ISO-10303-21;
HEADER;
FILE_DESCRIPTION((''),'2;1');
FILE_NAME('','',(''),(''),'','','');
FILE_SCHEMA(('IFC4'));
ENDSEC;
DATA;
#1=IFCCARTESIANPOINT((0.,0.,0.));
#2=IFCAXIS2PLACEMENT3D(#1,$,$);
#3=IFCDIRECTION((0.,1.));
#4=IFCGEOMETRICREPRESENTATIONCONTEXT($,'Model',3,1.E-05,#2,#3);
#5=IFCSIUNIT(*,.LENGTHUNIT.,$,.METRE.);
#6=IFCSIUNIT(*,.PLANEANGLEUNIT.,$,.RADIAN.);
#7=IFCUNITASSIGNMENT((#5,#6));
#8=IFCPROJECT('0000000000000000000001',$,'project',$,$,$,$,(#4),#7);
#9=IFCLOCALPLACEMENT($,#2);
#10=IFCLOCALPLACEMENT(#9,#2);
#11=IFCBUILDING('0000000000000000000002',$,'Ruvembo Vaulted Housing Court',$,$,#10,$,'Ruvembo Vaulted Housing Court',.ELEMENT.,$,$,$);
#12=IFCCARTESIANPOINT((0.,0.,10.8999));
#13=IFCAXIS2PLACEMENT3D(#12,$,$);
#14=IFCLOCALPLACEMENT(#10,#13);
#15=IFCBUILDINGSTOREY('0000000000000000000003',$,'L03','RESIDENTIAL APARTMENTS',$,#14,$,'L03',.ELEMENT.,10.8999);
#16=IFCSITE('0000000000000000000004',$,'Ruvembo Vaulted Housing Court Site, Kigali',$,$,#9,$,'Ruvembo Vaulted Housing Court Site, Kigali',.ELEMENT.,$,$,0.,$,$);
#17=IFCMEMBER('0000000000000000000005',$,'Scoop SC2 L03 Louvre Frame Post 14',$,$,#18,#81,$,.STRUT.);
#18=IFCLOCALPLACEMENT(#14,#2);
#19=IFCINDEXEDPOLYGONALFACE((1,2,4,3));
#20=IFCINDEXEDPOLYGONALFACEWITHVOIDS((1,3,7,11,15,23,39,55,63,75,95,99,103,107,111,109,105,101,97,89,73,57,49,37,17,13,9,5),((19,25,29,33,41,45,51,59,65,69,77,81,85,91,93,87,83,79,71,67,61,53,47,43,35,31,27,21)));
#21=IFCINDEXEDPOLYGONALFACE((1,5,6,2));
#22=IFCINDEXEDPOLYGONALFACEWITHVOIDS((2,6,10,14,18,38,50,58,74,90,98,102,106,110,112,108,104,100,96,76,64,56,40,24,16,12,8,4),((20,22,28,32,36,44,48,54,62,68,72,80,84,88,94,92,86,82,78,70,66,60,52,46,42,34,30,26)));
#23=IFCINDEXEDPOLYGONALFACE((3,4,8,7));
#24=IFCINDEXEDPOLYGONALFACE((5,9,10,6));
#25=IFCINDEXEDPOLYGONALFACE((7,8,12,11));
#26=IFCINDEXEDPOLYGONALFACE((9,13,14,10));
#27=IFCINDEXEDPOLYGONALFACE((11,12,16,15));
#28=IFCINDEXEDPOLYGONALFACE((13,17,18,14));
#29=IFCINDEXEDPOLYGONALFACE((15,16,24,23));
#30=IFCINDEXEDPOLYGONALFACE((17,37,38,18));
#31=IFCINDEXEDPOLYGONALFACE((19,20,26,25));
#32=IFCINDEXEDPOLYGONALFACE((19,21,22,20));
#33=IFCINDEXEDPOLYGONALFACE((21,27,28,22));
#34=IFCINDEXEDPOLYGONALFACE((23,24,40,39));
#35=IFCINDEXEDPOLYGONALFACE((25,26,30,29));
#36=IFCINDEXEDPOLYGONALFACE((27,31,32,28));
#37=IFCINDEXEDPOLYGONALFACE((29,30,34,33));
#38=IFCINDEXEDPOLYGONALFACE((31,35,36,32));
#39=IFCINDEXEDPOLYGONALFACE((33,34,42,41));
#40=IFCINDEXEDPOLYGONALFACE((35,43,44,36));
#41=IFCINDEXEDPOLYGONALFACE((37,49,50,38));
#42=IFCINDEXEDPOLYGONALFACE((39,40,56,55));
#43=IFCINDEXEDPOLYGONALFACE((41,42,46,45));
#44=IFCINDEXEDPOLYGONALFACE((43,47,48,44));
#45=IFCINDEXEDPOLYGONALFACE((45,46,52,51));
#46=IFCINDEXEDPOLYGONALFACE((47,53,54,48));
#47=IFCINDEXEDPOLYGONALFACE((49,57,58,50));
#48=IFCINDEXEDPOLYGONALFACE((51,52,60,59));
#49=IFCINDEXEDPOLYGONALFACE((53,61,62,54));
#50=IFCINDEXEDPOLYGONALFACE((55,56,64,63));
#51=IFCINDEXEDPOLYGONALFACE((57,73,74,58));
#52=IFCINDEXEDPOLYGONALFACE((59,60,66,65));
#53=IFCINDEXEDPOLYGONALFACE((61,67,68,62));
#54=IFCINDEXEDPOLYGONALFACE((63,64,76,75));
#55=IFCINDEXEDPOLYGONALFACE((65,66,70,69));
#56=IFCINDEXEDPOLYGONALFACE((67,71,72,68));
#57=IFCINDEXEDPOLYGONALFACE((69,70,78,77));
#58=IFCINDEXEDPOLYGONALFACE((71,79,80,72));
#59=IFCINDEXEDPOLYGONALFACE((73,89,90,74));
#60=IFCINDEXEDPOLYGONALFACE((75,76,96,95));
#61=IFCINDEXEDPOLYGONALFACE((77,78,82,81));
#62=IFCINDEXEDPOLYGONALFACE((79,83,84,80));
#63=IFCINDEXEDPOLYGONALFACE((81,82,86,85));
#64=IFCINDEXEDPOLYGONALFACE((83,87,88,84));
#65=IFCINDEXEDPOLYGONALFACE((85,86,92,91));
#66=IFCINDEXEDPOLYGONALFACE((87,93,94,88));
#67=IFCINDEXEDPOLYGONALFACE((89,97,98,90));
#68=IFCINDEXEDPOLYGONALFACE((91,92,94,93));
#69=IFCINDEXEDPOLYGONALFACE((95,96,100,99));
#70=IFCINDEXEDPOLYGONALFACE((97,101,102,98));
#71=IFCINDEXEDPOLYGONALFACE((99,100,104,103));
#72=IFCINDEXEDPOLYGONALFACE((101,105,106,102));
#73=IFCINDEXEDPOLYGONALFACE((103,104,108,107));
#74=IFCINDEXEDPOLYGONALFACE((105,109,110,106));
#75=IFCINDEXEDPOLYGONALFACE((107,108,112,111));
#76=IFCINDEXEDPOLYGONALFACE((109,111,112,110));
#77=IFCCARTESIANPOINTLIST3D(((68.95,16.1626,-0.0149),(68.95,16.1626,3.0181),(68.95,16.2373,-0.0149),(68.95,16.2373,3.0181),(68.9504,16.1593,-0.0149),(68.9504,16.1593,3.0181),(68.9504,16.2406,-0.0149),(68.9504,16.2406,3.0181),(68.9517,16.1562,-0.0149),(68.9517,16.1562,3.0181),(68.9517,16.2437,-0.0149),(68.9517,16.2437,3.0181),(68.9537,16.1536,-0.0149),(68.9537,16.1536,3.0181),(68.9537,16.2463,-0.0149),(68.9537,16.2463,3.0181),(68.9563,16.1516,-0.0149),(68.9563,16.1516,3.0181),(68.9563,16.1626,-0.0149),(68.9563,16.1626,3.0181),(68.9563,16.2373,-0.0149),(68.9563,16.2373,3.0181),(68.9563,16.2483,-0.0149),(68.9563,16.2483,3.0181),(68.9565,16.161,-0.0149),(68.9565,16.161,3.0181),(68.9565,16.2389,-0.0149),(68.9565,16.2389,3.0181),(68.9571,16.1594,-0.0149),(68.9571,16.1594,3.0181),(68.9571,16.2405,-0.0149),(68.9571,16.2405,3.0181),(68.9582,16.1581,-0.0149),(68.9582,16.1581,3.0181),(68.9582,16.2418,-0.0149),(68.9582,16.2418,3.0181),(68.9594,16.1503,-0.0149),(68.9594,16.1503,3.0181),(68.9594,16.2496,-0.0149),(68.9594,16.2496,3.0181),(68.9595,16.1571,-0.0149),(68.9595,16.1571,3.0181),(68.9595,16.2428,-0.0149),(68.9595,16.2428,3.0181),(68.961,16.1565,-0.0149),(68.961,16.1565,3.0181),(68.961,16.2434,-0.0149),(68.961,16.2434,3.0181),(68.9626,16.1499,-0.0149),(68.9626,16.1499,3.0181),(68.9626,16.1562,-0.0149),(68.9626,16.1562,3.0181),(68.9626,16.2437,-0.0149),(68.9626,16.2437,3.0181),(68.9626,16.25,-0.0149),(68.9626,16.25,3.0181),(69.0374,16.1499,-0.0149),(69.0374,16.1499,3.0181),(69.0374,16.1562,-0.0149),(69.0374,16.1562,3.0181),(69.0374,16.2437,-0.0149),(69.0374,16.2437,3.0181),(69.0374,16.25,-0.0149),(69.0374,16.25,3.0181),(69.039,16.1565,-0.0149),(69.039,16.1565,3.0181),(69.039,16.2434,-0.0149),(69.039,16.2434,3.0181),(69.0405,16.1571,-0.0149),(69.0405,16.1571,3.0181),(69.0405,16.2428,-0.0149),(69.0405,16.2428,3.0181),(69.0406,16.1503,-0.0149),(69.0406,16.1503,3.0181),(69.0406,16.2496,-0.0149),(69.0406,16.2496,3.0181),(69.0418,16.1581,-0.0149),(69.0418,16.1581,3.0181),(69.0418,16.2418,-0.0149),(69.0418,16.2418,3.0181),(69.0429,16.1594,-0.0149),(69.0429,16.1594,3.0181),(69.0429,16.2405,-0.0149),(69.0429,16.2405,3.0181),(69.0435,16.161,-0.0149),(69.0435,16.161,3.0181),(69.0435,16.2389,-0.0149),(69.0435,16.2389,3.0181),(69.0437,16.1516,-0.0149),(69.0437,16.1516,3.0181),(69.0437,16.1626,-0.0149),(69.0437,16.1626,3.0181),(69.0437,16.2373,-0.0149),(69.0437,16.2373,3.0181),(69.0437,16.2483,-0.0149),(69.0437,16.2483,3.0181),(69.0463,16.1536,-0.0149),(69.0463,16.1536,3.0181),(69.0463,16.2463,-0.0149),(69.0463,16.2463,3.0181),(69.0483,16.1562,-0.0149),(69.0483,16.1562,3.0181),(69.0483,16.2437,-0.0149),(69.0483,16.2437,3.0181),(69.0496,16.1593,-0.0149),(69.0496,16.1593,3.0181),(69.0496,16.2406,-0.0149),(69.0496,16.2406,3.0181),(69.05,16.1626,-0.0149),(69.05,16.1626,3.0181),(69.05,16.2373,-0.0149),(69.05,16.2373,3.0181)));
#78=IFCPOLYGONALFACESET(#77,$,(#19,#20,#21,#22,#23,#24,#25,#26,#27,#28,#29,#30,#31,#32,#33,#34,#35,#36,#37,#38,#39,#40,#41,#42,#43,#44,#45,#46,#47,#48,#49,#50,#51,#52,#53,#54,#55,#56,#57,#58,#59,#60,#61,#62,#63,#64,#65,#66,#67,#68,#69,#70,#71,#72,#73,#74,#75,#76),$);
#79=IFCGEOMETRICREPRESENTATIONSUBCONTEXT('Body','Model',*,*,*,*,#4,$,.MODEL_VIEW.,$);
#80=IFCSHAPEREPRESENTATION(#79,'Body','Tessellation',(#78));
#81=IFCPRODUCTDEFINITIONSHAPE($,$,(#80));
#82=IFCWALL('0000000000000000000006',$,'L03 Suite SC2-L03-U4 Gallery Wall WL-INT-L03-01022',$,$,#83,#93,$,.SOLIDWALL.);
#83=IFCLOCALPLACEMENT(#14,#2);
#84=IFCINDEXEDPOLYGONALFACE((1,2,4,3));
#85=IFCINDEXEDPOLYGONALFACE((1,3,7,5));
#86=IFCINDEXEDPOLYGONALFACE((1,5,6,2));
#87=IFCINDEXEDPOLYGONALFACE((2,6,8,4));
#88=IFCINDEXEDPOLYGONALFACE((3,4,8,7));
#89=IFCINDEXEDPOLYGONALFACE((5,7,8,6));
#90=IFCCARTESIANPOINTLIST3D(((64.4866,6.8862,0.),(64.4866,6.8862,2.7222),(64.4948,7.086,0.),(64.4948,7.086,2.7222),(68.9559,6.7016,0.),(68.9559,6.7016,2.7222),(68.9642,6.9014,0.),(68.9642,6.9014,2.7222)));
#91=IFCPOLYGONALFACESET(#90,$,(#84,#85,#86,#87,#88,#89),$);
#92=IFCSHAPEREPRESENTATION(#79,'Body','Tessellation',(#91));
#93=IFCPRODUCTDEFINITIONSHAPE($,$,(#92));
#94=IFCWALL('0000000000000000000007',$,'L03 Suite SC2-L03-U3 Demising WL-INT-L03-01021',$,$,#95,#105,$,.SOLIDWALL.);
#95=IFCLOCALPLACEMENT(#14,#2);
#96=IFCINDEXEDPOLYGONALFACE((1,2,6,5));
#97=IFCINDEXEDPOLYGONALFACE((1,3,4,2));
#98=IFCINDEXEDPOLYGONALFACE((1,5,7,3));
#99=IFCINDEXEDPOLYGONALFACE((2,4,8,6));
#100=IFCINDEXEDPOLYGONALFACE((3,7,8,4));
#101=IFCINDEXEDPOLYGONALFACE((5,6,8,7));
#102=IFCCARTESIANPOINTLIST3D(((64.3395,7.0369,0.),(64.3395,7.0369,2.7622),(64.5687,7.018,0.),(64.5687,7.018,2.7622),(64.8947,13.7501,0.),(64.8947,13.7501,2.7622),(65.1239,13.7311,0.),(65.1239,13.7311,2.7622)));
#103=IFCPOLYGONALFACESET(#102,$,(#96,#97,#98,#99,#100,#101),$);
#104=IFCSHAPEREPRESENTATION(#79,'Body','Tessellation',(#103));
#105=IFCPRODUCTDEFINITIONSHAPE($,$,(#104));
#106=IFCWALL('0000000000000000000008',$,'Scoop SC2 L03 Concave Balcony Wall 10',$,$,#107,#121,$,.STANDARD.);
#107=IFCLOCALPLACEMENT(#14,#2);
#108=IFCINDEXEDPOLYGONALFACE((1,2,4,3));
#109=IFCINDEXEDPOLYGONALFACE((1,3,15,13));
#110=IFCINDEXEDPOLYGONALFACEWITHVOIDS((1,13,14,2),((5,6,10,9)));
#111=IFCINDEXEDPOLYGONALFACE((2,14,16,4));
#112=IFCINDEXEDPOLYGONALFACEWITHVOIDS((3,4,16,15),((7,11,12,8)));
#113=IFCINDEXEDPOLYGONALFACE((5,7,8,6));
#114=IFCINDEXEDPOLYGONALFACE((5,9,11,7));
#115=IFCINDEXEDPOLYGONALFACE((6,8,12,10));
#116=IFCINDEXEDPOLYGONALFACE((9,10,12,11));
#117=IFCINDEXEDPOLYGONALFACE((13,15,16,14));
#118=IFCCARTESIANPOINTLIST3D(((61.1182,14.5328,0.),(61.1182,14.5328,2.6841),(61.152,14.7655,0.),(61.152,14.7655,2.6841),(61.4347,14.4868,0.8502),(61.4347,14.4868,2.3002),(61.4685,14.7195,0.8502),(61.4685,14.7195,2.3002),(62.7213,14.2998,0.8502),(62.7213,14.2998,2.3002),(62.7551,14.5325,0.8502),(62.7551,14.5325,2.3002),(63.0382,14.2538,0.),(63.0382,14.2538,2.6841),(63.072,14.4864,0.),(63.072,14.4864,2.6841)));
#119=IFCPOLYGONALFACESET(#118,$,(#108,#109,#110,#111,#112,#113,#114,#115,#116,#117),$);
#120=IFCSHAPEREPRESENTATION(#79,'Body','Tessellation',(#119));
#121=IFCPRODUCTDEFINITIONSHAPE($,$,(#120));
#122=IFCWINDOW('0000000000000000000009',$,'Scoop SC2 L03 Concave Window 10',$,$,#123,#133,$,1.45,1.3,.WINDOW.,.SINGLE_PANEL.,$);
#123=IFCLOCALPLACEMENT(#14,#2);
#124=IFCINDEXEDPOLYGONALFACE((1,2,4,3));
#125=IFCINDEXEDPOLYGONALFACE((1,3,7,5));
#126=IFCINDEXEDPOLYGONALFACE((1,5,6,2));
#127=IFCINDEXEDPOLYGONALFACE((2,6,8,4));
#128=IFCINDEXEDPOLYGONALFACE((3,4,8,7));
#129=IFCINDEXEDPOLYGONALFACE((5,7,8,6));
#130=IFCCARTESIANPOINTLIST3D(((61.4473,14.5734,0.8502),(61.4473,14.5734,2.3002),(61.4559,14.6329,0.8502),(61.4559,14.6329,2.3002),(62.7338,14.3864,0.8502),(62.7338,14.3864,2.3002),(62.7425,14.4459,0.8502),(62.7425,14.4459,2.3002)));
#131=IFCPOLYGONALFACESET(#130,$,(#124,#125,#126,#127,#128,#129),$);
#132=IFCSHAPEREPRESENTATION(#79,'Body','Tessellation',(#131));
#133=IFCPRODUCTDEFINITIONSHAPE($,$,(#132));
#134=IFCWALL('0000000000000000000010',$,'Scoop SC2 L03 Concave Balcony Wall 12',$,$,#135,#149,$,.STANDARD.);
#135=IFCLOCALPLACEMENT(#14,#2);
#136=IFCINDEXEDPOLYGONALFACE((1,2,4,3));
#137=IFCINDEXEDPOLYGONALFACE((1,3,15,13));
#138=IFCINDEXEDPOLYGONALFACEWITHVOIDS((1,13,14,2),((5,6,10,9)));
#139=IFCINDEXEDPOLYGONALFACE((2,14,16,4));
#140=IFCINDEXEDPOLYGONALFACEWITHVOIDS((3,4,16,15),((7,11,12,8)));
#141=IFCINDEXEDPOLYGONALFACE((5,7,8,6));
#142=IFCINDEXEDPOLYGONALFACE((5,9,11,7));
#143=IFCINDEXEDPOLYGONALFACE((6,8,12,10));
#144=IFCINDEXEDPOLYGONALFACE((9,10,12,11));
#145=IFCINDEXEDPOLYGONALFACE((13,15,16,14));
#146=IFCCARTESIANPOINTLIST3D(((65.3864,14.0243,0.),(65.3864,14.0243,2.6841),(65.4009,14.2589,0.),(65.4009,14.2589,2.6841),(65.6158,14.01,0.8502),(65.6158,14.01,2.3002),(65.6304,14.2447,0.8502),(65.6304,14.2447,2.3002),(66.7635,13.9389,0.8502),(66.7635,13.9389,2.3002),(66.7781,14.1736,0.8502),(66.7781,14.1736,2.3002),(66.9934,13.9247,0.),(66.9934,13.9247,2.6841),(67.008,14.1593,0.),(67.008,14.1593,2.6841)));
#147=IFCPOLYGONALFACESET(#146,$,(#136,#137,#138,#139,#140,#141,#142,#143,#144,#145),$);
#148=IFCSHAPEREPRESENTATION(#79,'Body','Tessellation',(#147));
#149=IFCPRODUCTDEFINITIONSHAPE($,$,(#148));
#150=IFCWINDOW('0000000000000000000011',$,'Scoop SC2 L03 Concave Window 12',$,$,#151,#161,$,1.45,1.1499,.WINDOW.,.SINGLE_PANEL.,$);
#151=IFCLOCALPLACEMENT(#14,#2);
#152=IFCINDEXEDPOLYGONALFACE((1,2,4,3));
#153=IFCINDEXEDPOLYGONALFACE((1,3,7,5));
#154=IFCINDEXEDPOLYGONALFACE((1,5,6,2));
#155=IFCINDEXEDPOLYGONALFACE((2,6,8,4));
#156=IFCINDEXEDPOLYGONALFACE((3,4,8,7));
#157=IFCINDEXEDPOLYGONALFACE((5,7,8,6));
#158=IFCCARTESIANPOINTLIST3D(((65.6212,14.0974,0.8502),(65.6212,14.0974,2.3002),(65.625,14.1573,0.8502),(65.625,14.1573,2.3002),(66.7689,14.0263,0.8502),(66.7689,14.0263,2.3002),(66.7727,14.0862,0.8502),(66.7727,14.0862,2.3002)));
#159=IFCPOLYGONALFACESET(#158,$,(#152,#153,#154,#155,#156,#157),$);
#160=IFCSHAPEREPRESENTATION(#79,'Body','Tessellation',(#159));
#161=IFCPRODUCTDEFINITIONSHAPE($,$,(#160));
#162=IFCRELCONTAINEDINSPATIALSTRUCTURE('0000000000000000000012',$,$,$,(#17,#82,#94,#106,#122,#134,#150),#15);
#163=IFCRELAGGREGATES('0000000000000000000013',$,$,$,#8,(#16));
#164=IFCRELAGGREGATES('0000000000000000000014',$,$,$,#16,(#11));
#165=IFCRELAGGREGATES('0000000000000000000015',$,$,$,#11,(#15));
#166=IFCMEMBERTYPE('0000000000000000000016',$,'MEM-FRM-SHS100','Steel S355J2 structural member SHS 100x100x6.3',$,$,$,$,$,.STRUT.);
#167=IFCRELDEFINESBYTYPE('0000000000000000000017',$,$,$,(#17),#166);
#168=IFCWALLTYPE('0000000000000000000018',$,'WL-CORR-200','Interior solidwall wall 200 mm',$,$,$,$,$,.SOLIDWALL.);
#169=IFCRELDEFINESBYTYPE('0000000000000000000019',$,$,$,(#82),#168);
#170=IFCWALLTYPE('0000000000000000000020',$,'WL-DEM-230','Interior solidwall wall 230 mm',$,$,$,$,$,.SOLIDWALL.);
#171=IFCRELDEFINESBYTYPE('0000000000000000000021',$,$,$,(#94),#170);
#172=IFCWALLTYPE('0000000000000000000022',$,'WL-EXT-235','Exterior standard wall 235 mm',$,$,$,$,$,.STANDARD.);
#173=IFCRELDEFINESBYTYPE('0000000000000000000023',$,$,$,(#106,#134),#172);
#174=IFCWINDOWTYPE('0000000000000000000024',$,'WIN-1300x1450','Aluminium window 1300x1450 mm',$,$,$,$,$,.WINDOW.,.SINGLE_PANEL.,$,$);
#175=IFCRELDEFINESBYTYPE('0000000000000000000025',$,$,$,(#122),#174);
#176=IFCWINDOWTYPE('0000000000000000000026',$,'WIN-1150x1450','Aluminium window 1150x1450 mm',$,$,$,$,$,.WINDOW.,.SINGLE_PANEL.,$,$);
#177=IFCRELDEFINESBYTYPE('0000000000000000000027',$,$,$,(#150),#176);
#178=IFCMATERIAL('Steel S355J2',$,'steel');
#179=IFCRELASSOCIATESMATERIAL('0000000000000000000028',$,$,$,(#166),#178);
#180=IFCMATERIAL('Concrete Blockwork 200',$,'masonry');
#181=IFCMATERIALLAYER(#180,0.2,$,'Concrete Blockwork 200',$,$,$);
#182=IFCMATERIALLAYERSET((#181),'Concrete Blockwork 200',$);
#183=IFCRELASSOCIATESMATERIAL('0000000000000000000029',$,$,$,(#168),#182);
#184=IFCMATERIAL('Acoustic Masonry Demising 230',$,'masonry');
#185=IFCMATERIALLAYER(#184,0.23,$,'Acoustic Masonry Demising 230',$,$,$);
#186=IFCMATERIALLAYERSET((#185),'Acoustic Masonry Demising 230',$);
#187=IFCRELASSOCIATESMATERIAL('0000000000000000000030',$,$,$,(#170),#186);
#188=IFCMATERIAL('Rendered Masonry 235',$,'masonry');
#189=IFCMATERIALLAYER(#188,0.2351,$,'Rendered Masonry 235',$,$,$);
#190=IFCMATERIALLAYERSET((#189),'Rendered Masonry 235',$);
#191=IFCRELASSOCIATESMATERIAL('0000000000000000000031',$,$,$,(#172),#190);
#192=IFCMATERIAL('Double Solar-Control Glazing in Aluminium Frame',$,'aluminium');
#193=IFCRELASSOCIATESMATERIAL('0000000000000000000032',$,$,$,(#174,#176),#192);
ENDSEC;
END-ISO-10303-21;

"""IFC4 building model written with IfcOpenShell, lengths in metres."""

from ifc_helpers import new_model, si_unit, direction, frame, frame_2d, origin, origin_2d, place, context, subcontext, project, spatial, rectangle, hollow_rectangle, extrude, material, layer, layer_set, material_profile, profile_set, type_object, element, fill, save


model = new_model("IFC4")

# Units and contexts
model_context = context("Model", 3, precision=1e-05, world=origin(), true_north=direction((0.0, 1.0)))
body_context = subcontext(model_context, "Body", "Model", "MODEL_VIEW")
ifc_project = project(units=[si_unit("LENGTHUNIT", "METRE"), si_unit("PLANEANGLEUNIT", "RADIAN")], contexts=[model_context])

# Site, building, storey
site_placement = place(None, origin())
site = spatial("IfcSite", under=ifc_project, at=site_placement, Name="Ruvembo Vaulted Housing Court Site, Kigali", LongName="Ruvembo Vaulted Housing Court Site, Kigali", CompositionType="ELEMENT", RefElevation=0.0)
building_placement = place(site_placement, origin())
building = spatial("IfcBuilding", under=site, at=building_placement, Name="Ruvembo Vaulted Housing Court", LongName="Ruvembo Vaulted Housing Court", CompositionType="ELEMENT")
storey_placement = place(building_placement, frame((0.0, 0.0, 10.8999)))
storey = spatial("IfcBuildingStorey", under=building, at=storey_placement, Name="L03", Description="RESIDENTIAL APARTMENTS", LongName="L03", CompositionType="ELEMENT", Elevation=10.8999)

# Shared definitions
ifc_material_1 = material(Name="Steel S355J2", Category="steel")

# Member
ifc_material_profile_1 = material_profile(ifc_material_1, hollow_rectangle(XDim=0.1001, YDim=0.1001, WallThickness=0.0063, InnerFilletRadius=0.0063, OuterFilletRadius=0.0127, at=origin_2d()), Name="SHS 100x100x6.3")
ifc_profile_set_1 = profile_set([ifc_material_profile_1], Name="Steel S355J2")
member_type_1 = type_object("IfcMemberType", Name="MEM-FRM-SHS100", Description="Steel S355J2 structural member SHS 100x100x6.3", PredefinedType="STRUT", material=ifc_profile_set_1)
member_1_placement = place(storey_placement, frame((69.0, 16.2, -0.0149), z_axis=(0.0, 0.0, 1.0), x_axis=(1.0, 0.0, 0.0)))
element("IfcMember", 1, at=member_1_placement, inside=storey, type_object=member_type_1, Name="Scoop SC2 L03 Louvre Frame Post 14", PredefinedType="STRUT", context=body_context, shape_type="SweptSolid", body=[
    extrude(hollow_rectangle(XDim=0.1001, YDim=0.1001, WallThickness=0.0063, InnerFilletRadius=0.0063, OuterFilletRadius=0.0127, at=origin_2d()), origin(), (0.0, 0.0, 1.0), 3.033),
])

# Walls
ifc_material_2 = material(Name="Concrete Blockwork 200", Category="masonry")
ifc_layer_1 = layer(ifc_material_2, 0.2, Name="Concrete Blockwork 200")
ifc_layer_set_1 = layer_set([ifc_layer_1], Name="Concrete Blockwork 200")
wall_type_1 = type_object("IfcWallType", Name="WL-CORR-200", Description="Interior solidwall wall 200 mm", PredefinedType="SOLIDWALL", material=ifc_layer_set_1)
wall_1_placement = place(storey_placement, frame((64.4907, 6.9861, 0.0), z_axis=(0.0, 0.0, 1.0), x_axis=(0.999148, -0.041263, 0.0)))
element("IfcWall", 2, at=wall_1_placement, inside=storey, type_object=wall_type_1, Name="L03 Suite SC2-L03-U4 Gallery Wall WL-INT-L03-01022", PredefinedType="SOLIDWALL", context=body_context, shape_type="SweptSolid", body=[
    extrude(rectangle(XDim=4.4731, YDim=0.2, at=frame_2d((2.2366, 0.0))), origin(), (0.0, 0.0, 1.0), 2.7222),
])
ifc_material_3 = material(Name="Acoustic Masonry Demising 230", Category="masonry")
ifc_layer_2 = layer(ifc_material_3, 0.23, Name="Acoustic Masonry Demising 230")
ifc_layer_set_2 = layer_set([ifc_layer_2], Name="Acoustic Masonry Demising 230")
wall_type_2 = type_object("IfcWallType", Name="WL-DEM-230", Description="Interior solidwall wall 230 mm", PredefinedType="SOLIDWALL", material=ifc_layer_set_2)
wall_2_placement = place(storey_placement, frame((65.0093, 13.7407, 0.0), z_axis=(0.0, 0.0, 1.0), x_axis=(-0.082419, -0.996598, 0.0)))
element("IfcWall", 3, at=wall_2_placement, inside=storey, type_object=wall_type_2, Name="L03 Suite SC2-L03-U3 Demising WL-INT-L03-01021", PredefinedType="SOLIDWALL", context=body_context, shape_type="SweptSolid", body=[
    extrude(rectangle(XDim=6.7361, YDim=0.23, at=frame_2d((3.3682, 0.0))), origin(), (0.0, 0.0, 1.0), 2.7622),
])

# Wall, opening, window
ifc_material_4 = material(Name="Rendered Masonry 235", Category="masonry")
ifc_layer_3 = layer(ifc_material_4, 0.2351, Name="Rendered Masonry 235")
ifc_layer_set_3 = layer_set([ifc_layer_3], Name="Rendered Masonry 235")
wall_type_3 = type_object("IfcWallType", Name="WL-EXT-235", Description="Exterior standard wall 235 mm", PredefinedType="STANDARD", material=ifc_layer_set_3)
wall_3_placement = place(storey_placement, frame((61.135, 14.6492, 0.0), z_axis=(0.0, 0.0, 1.0), x_axis=(0.989602, -0.143835, 0.0)))
wall_3 = element("IfcWall", 4, at=wall_3_placement, inside=storey, type_object=wall_type_3, Name="Scoop SC2 L03 Concave Balcony Wall 10", PredefinedType="STANDARD", context=body_context, shape_type="SweptSolid", body=[
    extrude(rectangle(XDim=1.9402, YDim=0.2351, at=frame_2d((0.9702, 0.0))), origin(), (0.0, 0.0, 1.0), 2.6841),
])
opening_1_placement = place(wall_3_placement, frame((0.3201, 0.0, 0.8501)))
opening_1 = element("IfcOpeningElement", 5, at=opening_1_placement, cuts=wall_3, PredefinedType="OPENING", context=body_context, shape_type="SweptSolid", body=[
    extrude(rectangle(XDim=1.3, YDim=1.45, at=frame_2d((0.6499, 0.7251))), frame((0.0, 0.1274, 0.0), z_axis=(0.0, -1.0, 0.0), x_axis=(1.0, 0.0, 0.0)), (0.0, 0.0, 1.0), 0.2551),
])
ifc_material_5 = material(Name="Double Solar-Control Glazing in Aluminium Frame", Category="aluminium")
window_type_1 = type_object("IfcWindowType", Name="WIN-1300x1450", Description="Aluminium window 1300x1450 mm", PartitioningType="SINGLE_PANEL", PredefinedType="WINDOW", material=ifc_material_5)
window_1_placement = place(opening_1_placement, origin())
window_1 = element("IfcWindow", 6, at=window_1_placement, inside=storey, type_object=window_type_1, Name="Scoop SC2 L03 Concave Window 10", OverallHeight=1.45, OverallWidth=1.3, PartitioningType="SINGLE_PANEL", PredefinedType="WINDOW", context=body_context, shape_type="SweptSolid", body=[
    extrude(rectangle(XDim=1.3, YDim=1.45, at=frame_2d((0.6499, 0.7251))), frame((0.0, 0.03, 0.0), z_axis=(0.0, -1.0, 0.0), x_axis=(1.0, 0.0, 0.0)), (0.0, 0.0, 1.0), 0.0601),
])
fill(opening_1, window_1)

# Wall, opening, window
wall_4_placement = place(storey_placement, frame((65.3936, 14.1416, 0.0), z_axis=(0.0, 0.0, 1.0), x_axis=(0.998084, -0.061868, 0.0)))
wall_4 = element("IfcWall", 7, at=wall_4_placement, inside=storey, type_object=wall_type_3, Name="Scoop SC2 L03 Concave Balcony Wall 12", PredefinedType="STANDARD", context=body_context, shape_type="SweptSolid", body=[
    extrude(rectangle(XDim=1.6101, YDim=0.2351, at=frame_2d((0.8052, 0.0))), origin(), (0.0, 0.0, 1.0), 2.6841),
])
opening_2_placement = place(wall_4_placement, frame((0.23, 0.0, 0.8501)))
opening_2 = element("IfcOpeningElement", 8, at=opening_2_placement, cuts=wall_4, PredefinedType="OPENING", context=body_context, shape_type="SweptSolid", body=[
    extrude(rectangle(XDim=1.1499, YDim=1.45, at=frame_2d((0.575, 0.7251))), frame((0.0, 0.1274, 0.0), z_axis=(0.0, -1.0, 0.0), x_axis=(1.0, 0.0, 0.0)), (0.0, 0.0, 1.0), 0.2551),
])
window_type_2 = type_object("IfcWindowType", Name="WIN-1150x1450", Description="Aluminium window 1150x1450 mm", PartitioningType="SINGLE_PANEL", PredefinedType="WINDOW", material=ifc_material_5)
window_2_placement = place(opening_2_placement, origin())
window_2 = element("IfcWindow", 9, at=window_2_placement, inside=storey, type_object=window_type_2, Name="Scoop SC2 L03 Concave Window 12", OverallHeight=1.45, OverallWidth=1.1499, PartitioningType="SINGLE_PANEL", PredefinedType="WINDOW", context=body_context, shape_type="SweptSolid", body=[
    extrude(rectangle(XDim=1.1499, YDim=1.45, at=frame_2d((0.575, 0.7251))), frame((0.0, 0.03, 0.0), z_axis=(0.0, -1.0, 0.0), x_axis=(1.0, 0.0, 0.0)), (0.0, 0.0, 1.0), 0.0601),
])
fill(opening_2, window_2)

save(model, "model.ifc")
